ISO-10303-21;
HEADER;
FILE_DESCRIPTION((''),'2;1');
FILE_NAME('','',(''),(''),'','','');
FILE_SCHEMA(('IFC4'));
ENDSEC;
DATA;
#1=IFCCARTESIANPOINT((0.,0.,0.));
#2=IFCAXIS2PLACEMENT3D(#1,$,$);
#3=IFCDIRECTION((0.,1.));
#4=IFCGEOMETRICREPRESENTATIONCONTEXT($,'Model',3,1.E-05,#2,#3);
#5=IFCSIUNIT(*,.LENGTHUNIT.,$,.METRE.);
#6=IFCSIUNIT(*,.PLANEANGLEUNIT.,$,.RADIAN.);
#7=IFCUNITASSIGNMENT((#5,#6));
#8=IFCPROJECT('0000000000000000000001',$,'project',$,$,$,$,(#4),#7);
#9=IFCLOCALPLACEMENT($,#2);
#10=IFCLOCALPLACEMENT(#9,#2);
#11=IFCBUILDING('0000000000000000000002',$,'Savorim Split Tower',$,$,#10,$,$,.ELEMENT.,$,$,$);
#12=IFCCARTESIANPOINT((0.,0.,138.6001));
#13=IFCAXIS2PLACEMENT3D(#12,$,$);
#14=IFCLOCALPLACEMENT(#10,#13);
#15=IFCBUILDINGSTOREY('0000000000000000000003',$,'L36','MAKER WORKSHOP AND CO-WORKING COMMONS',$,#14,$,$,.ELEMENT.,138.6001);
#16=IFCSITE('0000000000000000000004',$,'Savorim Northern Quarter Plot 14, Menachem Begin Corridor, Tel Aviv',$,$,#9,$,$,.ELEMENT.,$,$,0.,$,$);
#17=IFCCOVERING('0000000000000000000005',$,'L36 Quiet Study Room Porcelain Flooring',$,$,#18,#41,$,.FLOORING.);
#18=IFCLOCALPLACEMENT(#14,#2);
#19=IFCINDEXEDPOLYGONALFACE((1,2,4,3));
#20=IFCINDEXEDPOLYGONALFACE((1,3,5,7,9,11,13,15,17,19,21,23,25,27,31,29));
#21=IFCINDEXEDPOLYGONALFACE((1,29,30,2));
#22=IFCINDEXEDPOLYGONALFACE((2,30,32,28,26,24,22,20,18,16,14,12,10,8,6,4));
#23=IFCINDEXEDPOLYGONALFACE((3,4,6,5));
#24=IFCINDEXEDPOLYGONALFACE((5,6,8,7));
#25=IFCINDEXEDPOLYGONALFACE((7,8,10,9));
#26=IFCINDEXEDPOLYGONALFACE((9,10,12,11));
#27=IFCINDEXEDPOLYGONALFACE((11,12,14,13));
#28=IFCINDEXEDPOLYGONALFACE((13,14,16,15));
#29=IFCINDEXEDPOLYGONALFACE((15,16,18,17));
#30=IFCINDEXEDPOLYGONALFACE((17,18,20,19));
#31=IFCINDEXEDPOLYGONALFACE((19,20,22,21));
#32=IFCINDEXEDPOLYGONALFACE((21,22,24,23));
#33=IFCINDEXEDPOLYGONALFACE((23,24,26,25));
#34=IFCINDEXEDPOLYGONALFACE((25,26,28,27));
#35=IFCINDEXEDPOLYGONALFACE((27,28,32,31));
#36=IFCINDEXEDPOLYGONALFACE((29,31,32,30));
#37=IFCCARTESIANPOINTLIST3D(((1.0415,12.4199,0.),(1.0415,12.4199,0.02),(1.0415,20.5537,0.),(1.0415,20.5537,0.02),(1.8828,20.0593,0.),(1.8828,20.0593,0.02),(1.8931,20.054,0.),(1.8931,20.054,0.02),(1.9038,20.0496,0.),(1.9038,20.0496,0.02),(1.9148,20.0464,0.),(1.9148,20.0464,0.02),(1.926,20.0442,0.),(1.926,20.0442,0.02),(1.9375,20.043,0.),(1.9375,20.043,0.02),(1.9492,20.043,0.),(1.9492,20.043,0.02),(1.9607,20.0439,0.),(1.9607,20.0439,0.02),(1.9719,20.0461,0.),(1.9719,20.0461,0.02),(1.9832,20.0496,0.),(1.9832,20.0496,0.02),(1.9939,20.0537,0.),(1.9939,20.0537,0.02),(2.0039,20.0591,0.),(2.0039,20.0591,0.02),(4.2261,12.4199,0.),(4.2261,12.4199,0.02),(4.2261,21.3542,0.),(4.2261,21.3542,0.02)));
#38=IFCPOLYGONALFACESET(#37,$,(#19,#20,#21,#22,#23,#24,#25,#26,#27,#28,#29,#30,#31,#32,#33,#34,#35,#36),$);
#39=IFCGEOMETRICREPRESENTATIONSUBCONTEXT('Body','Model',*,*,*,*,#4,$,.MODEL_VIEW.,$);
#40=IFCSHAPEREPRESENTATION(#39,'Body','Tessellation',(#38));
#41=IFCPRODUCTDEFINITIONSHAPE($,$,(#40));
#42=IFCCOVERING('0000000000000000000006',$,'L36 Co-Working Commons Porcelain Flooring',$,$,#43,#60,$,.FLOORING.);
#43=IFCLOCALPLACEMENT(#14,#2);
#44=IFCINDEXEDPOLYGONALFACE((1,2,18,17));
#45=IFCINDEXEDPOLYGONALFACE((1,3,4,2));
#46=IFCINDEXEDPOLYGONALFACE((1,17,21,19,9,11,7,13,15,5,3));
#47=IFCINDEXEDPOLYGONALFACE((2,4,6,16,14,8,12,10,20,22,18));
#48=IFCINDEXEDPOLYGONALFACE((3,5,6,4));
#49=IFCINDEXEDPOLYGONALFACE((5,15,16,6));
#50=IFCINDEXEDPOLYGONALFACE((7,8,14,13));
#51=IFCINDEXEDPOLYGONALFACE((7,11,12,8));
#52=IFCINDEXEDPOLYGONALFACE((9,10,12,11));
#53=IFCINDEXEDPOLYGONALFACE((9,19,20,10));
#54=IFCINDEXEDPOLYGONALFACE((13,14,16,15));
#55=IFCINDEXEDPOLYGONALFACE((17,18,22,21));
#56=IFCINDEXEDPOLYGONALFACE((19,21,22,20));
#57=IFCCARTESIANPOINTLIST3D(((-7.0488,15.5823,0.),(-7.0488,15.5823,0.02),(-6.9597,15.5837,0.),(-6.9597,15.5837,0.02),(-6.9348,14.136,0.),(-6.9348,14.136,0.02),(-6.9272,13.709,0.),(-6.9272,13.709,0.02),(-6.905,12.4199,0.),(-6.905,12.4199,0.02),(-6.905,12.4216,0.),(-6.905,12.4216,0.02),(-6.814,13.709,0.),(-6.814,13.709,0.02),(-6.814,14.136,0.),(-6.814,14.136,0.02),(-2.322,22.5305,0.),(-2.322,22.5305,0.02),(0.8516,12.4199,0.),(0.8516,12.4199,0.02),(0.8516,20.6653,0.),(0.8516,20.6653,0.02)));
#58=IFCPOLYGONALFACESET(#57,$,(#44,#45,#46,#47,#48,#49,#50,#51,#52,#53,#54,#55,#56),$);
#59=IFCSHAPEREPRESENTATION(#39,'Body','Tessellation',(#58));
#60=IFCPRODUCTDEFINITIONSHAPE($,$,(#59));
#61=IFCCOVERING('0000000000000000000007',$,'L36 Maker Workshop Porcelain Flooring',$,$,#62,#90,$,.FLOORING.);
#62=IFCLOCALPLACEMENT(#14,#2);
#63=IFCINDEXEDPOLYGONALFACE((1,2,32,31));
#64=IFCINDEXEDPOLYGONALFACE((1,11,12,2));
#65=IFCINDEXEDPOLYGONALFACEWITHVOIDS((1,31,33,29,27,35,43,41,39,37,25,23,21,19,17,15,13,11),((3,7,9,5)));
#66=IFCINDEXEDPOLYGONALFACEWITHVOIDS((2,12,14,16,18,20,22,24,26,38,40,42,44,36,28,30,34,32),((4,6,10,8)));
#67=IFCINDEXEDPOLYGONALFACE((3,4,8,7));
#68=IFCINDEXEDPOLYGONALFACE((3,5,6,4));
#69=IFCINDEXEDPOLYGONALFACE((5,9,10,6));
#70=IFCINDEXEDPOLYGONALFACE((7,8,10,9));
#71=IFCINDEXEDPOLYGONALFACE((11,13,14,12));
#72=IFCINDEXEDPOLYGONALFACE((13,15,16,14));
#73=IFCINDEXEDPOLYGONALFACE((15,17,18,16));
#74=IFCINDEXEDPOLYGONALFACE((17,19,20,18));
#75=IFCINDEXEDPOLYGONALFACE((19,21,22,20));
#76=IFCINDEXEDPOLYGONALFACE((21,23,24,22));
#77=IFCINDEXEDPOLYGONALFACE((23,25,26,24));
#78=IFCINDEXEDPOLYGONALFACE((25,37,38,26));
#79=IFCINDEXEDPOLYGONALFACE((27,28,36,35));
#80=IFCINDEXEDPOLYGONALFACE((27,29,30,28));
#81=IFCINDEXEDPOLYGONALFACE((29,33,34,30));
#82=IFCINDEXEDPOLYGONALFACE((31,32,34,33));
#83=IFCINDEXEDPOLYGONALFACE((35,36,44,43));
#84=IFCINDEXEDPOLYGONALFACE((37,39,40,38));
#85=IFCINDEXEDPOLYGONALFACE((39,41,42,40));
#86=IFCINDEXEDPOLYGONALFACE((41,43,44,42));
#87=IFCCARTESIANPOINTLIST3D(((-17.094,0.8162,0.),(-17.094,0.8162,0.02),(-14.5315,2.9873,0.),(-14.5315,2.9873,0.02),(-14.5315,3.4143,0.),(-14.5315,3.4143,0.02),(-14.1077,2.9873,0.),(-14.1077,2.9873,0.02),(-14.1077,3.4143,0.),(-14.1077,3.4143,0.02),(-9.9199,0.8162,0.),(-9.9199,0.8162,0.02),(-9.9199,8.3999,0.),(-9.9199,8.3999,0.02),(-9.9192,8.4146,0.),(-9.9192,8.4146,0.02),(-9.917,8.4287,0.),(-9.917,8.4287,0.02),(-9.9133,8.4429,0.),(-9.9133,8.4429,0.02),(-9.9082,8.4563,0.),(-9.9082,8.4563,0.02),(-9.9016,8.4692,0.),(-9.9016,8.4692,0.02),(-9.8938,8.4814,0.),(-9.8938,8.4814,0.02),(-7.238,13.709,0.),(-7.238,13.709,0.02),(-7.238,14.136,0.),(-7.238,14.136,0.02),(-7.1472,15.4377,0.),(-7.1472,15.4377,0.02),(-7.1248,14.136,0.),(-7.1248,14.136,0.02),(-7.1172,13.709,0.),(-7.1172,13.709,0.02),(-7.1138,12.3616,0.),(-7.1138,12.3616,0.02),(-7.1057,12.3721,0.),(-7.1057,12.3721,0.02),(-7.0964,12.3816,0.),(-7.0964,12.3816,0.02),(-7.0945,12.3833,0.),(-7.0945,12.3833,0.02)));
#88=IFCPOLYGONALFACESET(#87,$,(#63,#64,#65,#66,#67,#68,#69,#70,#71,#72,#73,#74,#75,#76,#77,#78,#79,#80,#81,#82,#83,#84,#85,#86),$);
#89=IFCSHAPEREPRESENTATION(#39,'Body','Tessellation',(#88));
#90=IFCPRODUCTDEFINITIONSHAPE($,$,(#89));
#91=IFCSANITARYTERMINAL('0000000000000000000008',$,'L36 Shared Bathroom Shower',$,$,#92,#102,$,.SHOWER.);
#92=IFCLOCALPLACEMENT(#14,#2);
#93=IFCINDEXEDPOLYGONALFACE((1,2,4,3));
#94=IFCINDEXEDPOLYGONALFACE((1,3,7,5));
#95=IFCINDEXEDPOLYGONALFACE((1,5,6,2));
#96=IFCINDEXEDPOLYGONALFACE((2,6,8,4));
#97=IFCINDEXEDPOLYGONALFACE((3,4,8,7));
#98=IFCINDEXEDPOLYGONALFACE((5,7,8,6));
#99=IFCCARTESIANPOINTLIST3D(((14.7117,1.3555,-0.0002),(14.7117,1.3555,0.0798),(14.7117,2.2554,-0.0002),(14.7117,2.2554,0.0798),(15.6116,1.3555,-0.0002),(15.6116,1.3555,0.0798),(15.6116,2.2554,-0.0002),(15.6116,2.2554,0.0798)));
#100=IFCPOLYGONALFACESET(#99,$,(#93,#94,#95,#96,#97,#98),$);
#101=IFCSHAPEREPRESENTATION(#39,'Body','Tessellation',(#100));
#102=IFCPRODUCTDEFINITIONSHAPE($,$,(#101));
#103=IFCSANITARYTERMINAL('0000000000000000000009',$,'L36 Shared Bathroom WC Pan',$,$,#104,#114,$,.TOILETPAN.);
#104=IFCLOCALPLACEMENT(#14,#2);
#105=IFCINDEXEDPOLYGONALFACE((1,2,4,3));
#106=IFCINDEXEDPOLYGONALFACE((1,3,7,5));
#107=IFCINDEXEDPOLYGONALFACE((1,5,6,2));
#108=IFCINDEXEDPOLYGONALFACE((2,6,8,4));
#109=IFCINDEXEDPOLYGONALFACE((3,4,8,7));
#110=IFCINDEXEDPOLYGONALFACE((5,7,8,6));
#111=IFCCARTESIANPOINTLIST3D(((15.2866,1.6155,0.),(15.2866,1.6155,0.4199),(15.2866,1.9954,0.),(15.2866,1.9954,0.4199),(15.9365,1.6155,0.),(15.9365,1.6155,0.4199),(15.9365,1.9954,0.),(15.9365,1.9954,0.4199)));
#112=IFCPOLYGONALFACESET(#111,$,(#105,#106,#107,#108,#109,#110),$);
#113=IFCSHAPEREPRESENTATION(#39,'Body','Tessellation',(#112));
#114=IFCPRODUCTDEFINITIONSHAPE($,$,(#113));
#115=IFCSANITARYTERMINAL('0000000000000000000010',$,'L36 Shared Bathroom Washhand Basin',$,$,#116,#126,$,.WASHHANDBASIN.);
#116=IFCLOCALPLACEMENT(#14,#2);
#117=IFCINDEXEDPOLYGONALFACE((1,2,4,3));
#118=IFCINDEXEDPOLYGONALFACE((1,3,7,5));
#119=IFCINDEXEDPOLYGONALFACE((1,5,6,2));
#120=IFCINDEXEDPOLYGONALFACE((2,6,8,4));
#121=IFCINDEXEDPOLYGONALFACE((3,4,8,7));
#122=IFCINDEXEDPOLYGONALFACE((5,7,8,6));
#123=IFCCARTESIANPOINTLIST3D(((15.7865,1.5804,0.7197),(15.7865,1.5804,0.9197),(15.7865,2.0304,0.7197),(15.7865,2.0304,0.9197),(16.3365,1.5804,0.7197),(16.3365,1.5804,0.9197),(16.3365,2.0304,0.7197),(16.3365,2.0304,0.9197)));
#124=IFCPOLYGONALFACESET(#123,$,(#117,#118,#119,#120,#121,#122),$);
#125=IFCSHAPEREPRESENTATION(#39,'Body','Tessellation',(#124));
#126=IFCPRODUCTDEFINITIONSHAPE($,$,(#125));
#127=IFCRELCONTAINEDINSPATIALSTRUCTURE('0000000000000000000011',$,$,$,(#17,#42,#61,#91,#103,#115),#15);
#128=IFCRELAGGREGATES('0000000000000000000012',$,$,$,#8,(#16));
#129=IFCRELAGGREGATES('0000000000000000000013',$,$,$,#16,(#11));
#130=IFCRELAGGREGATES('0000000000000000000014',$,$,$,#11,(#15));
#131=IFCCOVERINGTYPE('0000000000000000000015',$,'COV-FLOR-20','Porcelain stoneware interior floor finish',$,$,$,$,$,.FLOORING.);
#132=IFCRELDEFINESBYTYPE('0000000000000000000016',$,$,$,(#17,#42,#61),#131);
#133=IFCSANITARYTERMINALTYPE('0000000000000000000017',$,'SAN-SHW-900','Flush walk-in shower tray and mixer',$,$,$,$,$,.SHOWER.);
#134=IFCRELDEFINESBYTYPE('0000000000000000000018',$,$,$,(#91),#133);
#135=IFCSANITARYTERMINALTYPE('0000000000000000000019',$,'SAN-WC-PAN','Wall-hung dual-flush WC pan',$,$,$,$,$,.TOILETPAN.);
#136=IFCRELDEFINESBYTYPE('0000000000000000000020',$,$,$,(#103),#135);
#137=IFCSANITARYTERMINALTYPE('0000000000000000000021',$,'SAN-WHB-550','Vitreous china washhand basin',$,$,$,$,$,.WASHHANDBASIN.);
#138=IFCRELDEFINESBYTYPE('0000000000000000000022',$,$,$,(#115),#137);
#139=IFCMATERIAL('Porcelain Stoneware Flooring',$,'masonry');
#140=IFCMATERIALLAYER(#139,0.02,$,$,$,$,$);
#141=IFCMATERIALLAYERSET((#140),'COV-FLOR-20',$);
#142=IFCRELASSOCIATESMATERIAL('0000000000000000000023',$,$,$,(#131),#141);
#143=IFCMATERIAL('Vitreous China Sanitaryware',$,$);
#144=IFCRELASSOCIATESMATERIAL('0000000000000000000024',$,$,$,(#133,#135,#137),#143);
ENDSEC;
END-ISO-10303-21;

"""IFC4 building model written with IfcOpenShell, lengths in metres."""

from ifc_helpers import new_model, si_unit, direction, frame, origin, origin_2d, place, context, subcontext, project, spatial, polyline, rectangle, outline, extrude, material, layer, layer_set, type_object, element, save


model = new_model("IFC4")

# Units and contexts
model_context = context("Model", 3, precision=1e-05, world=origin(), true_north=direction((0.0, 1.0)))
body_context = subcontext(model_context, "Body", "Model", "MODEL_VIEW")
ifc_project = project(units=[si_unit("LENGTHUNIT", "METRE"), si_unit("PLANEANGLEUNIT", "RADIAN")], contexts=[model_context])

# Site, building, storey
site_placement = place(None, origin())
site = spatial("IfcSite", under=ifc_project, at=site_placement, Name="Savorim Northern Quarter Plot 14, Menachem Begin Corridor, Tel Aviv", CompositionType="ELEMENT", RefElevation=0.0)
building_placement = place(site_placement, origin())
building = spatial("IfcBuilding", under=site, at=building_placement, Name="Savorim Split Tower", CompositionType="ELEMENT")
storey_placement = place(building_placement, frame((0.0, 0.0, 138.6001)))
storey = spatial("IfcBuildingStorey", under=building, at=storey_placement, Name="L36", Description="MAKER WORKSHOP AND CO-WORKING COMMONS", CompositionType="ELEMENT", Elevation=138.6001)

# Coverings
ifc_material_1 = material(Name="Porcelain Stoneware Flooring", Category="masonry")
ifc_layer_1 = layer(ifc_material_1, 0.02)
ifc_layer_set_1 = layer_set([ifc_layer_1], Name="COV-FLOR-20")
covering_type_1 = type_object("IfcCoveringType", Name="COV-FLOR-20", Description="Porcelain stoneware interior floor finish", PredefinedType="FLOORING", material=ifc_layer_set_1)
covering_1_placement = place(storey_placement, origin())
element("IfcCovering", 1, at=covering_1_placement, inside=storey, type_object=covering_type_1, Name="L36 Quiet Study Room Porcelain Flooring", PredefinedType="FLOORING", context=body_context, shape_type="SweptSolid", body=[
    extrude(outline(polyline([(1.9038, 20.0496), (1.8931, 20.054), (1.8828, 20.0593), (1.0415, 20.5537), (1.0415, 12.4199), (4.2261, 12.4199), (4.2261, 21.3542), (2.0039, 20.0591), (1.9939, 20.0537), (1.9832, 20.0496), (1.9719, 20.0461), (1.9607, 20.0439), (1.9492, 20.043), (1.9375, 20.043), (1.926, 20.0442), (1.9148, 20.0464), (1.9038, 20.0496)])), origin(), (0.0, 0.0, 1.0), 0.02),
])
covering_2_placement = place(storey_placement, origin())
element("IfcCovering", 2, at=covering_2_placement, inside=storey, type_object=covering_type_1, Name="L36 Co-Working Commons Porcelain Flooring", PredefinedType="FLOORING", context=body_context, shape_type="SweptSolid", body=[
    extrude(outline(polyline([(-6.905, 12.4199), (0.8516, 12.4199), (0.8516, 20.6653), (-2.322, 22.5305), (-7.0488, 15.5823), (-6.9597, 15.5837), (-6.9348, 14.136), (-6.814, 14.136), (-6.814, 13.709), (-6.9272, 13.709), (-6.905, 12.4216), (-6.905, 12.4199)])), origin(), (0.0, 0.0, 1.0), 0.02),
])
covering_3_placement = place(storey_placement, origin())
element("IfcCovering", 3, at=covering_3_placement, inside=storey, type_object=covering_type_1, Name="L36 Maker Workshop Porcelain Flooring", PredefinedType="FLOORING", context=body_context, shape_type="SweptSolid", body=[
    extrude(outline(polyline([(-7.1057, 12.3721), (-7.0964, 12.3816), (-7.0945, 12.3833), (-7.1172, 13.709), (-7.238, 13.709), (-7.238, 14.136), (-7.1248, 14.136), (-7.1472, 15.4377), (-17.094, 0.8162), (-9.9199, 0.8162), (-9.9199, 8.3999), (-9.9192, 8.4146), (-9.917, 8.4287), (-9.9133, 8.4429), (-9.9082, 8.4563), (-9.9016, 8.4692), (-9.8938, 8.4814), (-7.1138, 12.3616), (-7.1057, 12.3721)]), holes=[polyline([(-14.5315, 3.4143), (-14.5315, 2.9873), (-14.1077, 2.9873), (-14.1077, 3.4143), (-14.5315, 3.4143)])]), origin(), (0.0, 0.0, 1.0), 0.02),
])

# Sanitary terminals
ifc_material_2 = material(Name="Vitreous China Sanitaryware")
sanitary_terminal_type_1 = type_object("IfcSanitaryTerminalType", Name="SAN-SHW-900", Description="Flush walk-in shower tray and mixer", PredefinedType="SHOWER", material=ifc_material_2)
sanitary_terminal_1_placement = place(storey_placement, frame((15.1616, 1.8054, -0.0002), z_axis=(0.0, 0.0, 1.0), x_axis=(1.0, 0.0, 0.0)))
element("IfcSanitaryTerminal", 4, at=sanitary_terminal_1_placement, inside=storey, type_object=sanitary_terminal_type_1, Name="L36 Shared Bathroom Shower", PredefinedType="SHOWER", context=body_context, shape_type="SweptSolid", body=[
    extrude(rectangle(XDim=0.8999, YDim=0.8999, at=origin_2d()), origin(), (0.0, 0.0, 1.0), 0.0801),
])
sanitary_terminal_type_2 = type_object("IfcSanitaryTerminalType", Name="SAN-WC-PAN", Description="Wall-hung dual-flush WC pan", PredefinedType="TOILETPAN", material=ifc_material_2)
sanitary_terminal_2_placement = place(storey_placement, frame((15.6116, 1.8054, 0.0), z_axis=(0.0, 0.0, 1.0), x_axis=(1.0, 0.0, 0.0)))
element("IfcSanitaryTerminal", 5, at=sanitary_terminal_2_placement, inside=storey, type_object=sanitary_terminal_type_2, Name="L36 Shared Bathroom WC Pan", PredefinedType="TOILETPAN", context=body_context, shape_type="SweptSolid", body=[
    extrude(rectangle(XDim=0.6499, YDim=0.3799, at=origin_2d()), origin(), (0.0, 0.0, 1.0), 0.4199),
])
sanitary_terminal_type_3 = type_object("IfcSanitaryTerminalType", Name="SAN-WHB-550", Description="Vitreous china washhand basin", PredefinedType="WASHHANDBASIN", material=ifc_material_2)
sanitary_terminal_3_placement = place(storey_placement, frame((16.0615, 1.8054, 0.7197), z_axis=(0.0, 0.0, 1.0), x_axis=(1.0, 0.0, 0.0)))
element("IfcSanitaryTerminal", 6, at=sanitary_terminal_3_placement, inside=storey, type_object=sanitary_terminal_type_3, Name="L36 Shared Bathroom Washhand Basin", PredefinedType="WASHHANDBASIN", context=body_context, shape_type="SweptSolid", body=[
    extrude(rectangle(XDim=0.55, YDim=0.45, at=origin_2d()), origin(), (0.0, 0.0, 1.0), 0.2),
])

save(model, "model.ifc")
